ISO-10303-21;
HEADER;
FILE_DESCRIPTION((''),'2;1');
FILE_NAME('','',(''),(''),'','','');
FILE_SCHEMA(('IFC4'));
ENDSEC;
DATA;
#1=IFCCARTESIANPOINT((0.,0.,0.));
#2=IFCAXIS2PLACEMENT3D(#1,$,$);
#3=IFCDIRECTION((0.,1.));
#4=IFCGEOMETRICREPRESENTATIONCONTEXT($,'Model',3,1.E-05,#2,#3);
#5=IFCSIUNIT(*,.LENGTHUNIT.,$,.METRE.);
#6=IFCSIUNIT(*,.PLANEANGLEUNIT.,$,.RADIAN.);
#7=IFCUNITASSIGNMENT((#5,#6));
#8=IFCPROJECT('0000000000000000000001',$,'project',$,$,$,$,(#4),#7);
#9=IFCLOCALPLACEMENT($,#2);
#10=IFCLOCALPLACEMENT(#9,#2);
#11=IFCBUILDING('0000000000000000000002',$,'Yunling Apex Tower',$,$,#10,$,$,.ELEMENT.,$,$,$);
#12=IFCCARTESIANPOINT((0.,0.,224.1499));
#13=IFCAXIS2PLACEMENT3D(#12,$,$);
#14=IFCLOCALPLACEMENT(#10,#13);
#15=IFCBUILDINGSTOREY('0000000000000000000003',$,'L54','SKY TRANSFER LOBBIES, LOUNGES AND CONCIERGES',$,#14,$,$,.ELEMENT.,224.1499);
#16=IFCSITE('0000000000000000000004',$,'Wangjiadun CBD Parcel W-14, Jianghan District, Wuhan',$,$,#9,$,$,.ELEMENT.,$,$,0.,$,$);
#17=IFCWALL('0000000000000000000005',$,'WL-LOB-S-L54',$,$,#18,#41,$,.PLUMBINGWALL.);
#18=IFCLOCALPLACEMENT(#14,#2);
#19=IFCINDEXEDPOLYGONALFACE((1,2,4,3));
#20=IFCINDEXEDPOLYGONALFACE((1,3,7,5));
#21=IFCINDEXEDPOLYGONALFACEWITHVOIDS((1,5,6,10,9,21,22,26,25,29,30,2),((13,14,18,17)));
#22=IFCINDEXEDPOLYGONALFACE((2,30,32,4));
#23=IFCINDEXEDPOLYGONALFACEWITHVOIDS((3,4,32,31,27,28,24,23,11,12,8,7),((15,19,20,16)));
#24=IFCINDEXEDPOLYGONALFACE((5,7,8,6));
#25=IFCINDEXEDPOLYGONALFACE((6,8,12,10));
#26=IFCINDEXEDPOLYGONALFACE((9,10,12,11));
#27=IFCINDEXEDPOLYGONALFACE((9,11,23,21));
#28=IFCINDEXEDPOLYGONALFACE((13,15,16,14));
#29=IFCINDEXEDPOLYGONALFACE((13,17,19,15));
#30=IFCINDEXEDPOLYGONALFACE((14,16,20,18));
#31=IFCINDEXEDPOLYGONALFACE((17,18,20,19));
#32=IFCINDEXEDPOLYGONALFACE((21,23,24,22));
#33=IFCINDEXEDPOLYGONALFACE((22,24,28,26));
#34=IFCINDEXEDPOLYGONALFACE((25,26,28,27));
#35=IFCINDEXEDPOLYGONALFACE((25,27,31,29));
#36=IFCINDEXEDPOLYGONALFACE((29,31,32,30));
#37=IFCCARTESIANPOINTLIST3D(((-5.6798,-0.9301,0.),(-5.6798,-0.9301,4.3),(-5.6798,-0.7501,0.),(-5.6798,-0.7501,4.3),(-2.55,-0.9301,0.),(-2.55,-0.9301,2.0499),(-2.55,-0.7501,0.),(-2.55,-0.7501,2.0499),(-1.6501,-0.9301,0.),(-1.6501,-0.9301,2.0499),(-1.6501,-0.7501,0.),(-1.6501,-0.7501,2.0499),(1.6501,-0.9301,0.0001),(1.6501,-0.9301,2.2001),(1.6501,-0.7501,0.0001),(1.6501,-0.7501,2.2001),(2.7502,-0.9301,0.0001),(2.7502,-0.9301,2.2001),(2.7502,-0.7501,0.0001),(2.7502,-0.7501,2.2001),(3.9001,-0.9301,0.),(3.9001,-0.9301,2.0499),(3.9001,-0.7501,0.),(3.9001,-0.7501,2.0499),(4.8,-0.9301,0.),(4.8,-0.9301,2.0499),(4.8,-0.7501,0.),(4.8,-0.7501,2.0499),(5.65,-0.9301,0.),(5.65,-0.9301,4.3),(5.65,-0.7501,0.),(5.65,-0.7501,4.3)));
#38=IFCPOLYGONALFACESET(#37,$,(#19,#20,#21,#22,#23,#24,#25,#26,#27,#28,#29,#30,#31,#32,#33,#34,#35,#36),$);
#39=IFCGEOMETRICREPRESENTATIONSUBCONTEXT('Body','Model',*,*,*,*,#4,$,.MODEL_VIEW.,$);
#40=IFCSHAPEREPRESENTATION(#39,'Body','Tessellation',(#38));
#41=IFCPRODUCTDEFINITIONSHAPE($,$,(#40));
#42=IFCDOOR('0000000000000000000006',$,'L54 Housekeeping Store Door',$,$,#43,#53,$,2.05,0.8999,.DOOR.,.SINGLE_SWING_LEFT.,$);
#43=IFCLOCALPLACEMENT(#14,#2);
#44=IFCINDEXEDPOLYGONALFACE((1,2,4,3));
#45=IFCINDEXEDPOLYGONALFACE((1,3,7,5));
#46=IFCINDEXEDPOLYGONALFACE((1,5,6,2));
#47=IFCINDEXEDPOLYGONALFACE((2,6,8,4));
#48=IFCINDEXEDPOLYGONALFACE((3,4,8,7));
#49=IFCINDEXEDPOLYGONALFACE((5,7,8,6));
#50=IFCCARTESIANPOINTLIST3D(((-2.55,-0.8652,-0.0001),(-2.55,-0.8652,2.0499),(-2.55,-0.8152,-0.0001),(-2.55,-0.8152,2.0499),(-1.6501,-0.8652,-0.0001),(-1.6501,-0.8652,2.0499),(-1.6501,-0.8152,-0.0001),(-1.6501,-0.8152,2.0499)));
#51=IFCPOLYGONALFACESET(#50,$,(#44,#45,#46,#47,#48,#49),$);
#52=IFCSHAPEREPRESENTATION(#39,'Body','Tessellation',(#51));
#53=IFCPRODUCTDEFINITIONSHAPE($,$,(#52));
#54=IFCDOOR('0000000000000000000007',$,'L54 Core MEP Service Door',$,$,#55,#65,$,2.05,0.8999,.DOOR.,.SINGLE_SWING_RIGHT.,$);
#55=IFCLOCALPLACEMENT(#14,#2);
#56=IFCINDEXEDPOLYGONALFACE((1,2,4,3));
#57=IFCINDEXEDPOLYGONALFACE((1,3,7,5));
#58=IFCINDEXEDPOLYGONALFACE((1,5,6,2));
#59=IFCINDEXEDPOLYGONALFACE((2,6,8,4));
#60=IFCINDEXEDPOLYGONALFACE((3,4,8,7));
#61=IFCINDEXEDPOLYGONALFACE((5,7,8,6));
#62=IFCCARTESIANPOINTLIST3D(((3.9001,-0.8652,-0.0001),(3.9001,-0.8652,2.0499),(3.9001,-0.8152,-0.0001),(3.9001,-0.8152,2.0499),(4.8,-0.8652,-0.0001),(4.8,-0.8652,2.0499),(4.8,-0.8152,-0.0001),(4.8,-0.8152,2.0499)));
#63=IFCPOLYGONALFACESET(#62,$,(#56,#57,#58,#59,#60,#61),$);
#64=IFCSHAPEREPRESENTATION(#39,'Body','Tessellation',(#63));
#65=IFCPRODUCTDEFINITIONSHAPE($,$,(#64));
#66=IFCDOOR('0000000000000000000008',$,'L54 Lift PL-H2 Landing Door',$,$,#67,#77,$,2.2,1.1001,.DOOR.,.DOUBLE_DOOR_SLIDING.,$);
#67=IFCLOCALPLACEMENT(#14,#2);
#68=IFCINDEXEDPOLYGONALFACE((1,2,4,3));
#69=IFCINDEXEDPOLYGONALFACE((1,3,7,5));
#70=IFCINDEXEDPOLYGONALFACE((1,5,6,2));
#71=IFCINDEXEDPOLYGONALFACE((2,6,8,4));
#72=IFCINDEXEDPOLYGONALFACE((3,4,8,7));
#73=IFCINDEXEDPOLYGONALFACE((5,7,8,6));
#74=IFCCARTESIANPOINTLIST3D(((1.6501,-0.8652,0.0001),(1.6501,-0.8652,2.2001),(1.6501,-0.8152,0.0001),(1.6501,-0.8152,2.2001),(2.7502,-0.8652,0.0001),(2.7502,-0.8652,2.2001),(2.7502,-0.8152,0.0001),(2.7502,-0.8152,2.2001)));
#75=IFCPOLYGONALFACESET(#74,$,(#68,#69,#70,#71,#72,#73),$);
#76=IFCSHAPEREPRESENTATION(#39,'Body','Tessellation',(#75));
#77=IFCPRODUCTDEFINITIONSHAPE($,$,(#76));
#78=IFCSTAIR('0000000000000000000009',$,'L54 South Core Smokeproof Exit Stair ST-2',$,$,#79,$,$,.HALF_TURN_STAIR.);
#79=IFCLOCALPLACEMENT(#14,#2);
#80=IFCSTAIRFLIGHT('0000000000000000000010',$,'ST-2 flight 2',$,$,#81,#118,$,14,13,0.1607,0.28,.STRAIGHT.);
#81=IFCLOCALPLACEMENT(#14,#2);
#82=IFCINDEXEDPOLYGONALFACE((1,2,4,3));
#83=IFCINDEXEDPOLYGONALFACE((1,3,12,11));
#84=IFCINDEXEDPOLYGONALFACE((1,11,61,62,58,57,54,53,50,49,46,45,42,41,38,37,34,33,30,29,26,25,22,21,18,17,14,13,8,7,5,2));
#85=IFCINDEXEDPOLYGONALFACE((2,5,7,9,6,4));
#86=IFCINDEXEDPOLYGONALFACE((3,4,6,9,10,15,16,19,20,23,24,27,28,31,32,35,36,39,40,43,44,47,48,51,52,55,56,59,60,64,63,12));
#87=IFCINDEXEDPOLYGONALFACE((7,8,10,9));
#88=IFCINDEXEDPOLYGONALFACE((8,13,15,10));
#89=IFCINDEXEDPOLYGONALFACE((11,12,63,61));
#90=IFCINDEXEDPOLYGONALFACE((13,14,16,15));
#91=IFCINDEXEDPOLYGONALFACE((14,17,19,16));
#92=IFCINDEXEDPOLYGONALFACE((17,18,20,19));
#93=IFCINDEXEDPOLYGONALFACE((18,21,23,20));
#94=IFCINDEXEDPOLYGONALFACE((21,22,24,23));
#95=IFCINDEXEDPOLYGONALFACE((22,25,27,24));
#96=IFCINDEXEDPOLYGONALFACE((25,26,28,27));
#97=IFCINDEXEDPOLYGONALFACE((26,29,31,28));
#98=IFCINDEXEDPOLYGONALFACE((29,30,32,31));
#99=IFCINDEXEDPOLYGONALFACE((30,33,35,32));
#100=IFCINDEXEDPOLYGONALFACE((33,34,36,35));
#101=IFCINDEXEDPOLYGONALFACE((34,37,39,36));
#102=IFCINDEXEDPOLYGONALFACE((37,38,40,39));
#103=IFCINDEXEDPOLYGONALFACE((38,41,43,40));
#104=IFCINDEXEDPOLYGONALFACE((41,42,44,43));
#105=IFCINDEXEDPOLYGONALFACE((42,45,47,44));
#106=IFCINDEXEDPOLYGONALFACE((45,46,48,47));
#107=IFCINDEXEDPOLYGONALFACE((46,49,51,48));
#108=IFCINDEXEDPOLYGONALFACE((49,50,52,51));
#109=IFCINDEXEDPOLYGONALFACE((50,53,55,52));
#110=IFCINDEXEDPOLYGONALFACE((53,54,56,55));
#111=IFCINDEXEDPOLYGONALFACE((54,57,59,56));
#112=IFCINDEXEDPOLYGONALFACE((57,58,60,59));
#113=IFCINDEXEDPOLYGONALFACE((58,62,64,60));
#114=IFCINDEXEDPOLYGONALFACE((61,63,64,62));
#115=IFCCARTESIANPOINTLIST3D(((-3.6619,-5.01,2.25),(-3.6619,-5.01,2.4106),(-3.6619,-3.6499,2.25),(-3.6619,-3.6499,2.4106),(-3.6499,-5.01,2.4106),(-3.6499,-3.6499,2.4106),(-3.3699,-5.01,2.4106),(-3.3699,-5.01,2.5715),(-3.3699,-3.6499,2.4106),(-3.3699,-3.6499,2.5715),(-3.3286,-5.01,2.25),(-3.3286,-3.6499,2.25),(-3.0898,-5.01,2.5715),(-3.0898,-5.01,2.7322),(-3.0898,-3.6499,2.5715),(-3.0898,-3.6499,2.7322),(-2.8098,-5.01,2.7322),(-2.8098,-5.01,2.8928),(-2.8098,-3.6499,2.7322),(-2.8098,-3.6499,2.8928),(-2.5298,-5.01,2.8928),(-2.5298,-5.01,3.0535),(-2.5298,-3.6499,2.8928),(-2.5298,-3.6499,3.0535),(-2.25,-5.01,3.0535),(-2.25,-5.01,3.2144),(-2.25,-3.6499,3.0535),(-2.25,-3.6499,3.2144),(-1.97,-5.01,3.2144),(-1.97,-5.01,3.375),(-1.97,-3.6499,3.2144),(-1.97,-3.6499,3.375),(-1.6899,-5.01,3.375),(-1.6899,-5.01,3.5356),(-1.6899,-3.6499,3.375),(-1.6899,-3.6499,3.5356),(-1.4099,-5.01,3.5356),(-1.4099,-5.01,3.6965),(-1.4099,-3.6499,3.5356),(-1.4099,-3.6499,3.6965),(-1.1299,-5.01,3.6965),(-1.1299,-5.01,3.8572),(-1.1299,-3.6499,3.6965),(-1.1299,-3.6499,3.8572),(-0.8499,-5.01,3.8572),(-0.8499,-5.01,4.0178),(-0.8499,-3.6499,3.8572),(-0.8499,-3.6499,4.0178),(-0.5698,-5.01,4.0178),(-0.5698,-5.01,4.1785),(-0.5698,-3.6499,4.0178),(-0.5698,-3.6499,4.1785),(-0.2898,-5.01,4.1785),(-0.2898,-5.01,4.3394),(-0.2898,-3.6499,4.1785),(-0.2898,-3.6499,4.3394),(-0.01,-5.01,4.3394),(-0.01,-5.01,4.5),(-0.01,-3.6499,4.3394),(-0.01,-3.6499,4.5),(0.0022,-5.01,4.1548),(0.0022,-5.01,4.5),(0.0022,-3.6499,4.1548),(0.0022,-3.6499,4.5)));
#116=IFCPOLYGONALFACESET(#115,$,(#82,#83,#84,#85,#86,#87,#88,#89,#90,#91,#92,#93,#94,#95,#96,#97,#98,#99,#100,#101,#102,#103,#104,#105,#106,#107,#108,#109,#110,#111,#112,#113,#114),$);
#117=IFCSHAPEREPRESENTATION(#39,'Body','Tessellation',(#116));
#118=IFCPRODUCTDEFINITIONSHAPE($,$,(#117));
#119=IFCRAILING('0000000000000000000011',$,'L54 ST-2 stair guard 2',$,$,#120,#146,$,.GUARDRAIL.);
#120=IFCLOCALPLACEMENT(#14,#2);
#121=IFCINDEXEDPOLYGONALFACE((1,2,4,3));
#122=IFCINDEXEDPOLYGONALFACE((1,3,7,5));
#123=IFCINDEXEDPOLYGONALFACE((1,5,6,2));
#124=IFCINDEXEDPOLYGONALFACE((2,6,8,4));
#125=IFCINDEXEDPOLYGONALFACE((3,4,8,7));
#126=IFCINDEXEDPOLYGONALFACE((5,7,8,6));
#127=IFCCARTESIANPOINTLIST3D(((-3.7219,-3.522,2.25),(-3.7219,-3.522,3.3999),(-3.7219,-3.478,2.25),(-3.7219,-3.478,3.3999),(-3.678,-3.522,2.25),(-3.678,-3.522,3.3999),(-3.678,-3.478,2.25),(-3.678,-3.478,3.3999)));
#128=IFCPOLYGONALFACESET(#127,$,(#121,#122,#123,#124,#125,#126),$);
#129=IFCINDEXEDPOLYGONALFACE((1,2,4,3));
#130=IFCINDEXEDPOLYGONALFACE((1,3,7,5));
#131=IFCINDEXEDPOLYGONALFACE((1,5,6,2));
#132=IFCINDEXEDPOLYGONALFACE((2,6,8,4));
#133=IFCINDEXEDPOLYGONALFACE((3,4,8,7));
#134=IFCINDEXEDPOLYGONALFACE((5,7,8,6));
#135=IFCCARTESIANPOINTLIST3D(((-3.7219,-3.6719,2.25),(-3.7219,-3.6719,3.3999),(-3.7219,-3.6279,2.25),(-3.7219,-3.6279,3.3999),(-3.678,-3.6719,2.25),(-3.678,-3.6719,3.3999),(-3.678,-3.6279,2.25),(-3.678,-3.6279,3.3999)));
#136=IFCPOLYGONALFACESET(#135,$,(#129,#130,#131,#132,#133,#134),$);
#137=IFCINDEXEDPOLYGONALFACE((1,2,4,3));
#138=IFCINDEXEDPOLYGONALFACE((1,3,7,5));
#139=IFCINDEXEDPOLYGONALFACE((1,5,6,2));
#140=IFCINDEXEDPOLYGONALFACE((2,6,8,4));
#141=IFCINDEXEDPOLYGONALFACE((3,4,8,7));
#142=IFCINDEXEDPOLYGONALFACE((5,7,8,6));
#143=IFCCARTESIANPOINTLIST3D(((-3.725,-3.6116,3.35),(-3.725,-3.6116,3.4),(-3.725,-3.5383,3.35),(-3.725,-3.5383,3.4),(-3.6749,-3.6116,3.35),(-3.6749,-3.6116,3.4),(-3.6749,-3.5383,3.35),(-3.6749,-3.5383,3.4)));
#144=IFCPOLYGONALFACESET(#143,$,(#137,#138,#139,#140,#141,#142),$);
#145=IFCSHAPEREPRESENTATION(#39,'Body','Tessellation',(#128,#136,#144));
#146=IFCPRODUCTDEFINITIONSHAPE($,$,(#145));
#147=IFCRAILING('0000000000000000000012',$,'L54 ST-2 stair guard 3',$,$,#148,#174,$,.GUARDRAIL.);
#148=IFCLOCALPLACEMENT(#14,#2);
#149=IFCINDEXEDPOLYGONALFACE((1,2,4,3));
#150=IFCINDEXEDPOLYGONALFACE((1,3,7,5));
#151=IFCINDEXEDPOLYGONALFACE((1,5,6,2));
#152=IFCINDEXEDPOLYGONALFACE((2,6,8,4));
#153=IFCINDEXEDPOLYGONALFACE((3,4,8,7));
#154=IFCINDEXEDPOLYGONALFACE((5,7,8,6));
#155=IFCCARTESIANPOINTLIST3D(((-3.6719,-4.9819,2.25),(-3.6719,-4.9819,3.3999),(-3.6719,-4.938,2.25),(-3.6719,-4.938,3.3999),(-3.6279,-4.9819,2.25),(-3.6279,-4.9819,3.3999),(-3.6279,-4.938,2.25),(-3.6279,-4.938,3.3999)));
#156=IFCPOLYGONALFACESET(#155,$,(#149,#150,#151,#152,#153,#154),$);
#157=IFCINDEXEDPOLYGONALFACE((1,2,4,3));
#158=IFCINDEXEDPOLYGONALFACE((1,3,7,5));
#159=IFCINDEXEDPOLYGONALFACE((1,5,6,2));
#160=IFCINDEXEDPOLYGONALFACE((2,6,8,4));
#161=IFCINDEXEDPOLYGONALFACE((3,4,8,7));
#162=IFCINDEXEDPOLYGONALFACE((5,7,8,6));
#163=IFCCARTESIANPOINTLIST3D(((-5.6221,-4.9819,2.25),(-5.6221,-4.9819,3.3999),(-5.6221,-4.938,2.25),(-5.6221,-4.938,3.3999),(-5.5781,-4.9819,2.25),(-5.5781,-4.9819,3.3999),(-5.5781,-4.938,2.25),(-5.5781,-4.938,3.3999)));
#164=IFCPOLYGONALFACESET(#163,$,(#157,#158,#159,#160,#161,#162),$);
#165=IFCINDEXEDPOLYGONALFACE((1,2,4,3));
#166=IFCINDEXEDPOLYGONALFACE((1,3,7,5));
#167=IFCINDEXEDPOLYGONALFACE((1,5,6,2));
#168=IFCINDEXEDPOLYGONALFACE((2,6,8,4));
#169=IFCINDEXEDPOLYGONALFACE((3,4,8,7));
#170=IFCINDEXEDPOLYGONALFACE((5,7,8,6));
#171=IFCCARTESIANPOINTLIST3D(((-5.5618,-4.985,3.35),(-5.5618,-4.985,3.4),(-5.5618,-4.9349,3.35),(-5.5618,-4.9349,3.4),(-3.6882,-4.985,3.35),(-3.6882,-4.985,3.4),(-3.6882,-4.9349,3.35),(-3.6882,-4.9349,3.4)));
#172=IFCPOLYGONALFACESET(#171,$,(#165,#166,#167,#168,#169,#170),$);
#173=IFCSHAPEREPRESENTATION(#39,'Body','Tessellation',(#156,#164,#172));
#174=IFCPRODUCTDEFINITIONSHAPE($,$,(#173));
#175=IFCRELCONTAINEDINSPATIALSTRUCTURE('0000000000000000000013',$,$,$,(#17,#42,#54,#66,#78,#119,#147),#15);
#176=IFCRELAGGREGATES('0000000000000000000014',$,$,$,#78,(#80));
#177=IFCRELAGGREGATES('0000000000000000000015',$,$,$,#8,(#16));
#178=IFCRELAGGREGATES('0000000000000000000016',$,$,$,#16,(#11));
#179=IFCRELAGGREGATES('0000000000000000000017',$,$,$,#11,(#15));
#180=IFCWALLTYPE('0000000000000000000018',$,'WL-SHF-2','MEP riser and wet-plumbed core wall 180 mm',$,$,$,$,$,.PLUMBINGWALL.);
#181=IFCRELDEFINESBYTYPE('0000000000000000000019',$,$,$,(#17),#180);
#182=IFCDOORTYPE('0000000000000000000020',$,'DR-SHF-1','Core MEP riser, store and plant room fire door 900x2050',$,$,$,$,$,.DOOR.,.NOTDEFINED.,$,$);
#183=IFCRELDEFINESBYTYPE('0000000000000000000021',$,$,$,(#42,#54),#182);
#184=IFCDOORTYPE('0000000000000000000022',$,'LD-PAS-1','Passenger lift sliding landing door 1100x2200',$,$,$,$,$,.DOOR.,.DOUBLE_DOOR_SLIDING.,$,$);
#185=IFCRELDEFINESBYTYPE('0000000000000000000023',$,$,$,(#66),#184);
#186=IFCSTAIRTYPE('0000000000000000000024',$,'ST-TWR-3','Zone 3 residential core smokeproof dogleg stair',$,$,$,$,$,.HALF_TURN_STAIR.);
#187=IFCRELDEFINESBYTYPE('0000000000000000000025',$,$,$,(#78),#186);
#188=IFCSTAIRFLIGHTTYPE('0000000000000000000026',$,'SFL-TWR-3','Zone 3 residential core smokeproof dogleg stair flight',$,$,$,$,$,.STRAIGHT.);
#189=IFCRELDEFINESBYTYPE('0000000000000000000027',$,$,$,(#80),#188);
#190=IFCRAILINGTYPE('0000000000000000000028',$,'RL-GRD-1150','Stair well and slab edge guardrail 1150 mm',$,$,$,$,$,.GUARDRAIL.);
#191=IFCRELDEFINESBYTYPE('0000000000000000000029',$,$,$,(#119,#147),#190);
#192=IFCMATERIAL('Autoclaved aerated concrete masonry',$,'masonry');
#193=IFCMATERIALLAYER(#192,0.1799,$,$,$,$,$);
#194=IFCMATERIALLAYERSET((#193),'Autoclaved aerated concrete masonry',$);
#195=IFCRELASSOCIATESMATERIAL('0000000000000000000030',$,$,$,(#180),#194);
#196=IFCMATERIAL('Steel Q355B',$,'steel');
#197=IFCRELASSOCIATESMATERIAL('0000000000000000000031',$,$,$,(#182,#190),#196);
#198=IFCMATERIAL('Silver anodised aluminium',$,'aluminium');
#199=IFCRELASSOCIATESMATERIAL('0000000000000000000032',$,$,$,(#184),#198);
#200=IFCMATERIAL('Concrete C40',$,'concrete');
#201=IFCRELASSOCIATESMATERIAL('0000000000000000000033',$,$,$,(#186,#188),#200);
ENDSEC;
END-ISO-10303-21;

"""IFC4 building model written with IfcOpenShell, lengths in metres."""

from ifc_helpers import new_model, si_unit, direction, frame, frame_2d, origin, origin_2d, place, context, subcontext, project, spatial, polyline, rectangle, outline, extrude, material, layer, layer_set, type_object, element, fill, aggregate, save


model = new_model("IFC4")

# Units and contexts
model_context = context("Model", 3, precision=1e-05, world=origin(), true_north=direction((0.0, 1.0)))
body_context = subcontext(model_context, "Body", "Model", "MODEL_VIEW")
ifc_project = project(units=[si_unit("LENGTHUNIT", "METRE"), si_unit("PLANEANGLEUNIT", "RADIAN")], contexts=[model_context])

# Site, building, storey
site_placement = place(None, origin())
site = spatial("IfcSite", under=ifc_project, at=site_placement, Name="Wangjiadun CBD Parcel W-14, Jianghan District, Wuhan", CompositionType="ELEMENT", RefElevation=0.0)
building_placement = place(site_placement, origin())
building = spatial("IfcBuilding", under=site, at=building_placement, Name="Yunling Apex Tower", CompositionType="ELEMENT")
storey_placement = place(building_placement, frame((0.0, 0.0, 224.1499)))
storey = spatial("IfcBuildingStorey", under=building, at=storey_placement, Name="L54", Description="SKY TRANSFER LOBBIES, LOUNGES AND CONCIERGES", CompositionType="ELEMENT", Elevation=224.1499)

# Shared definitions
ifc_material_1 = material(Name="Steel Q355B", Category="steel")
ifc_material_2 = material(Name="Concrete C40", Category="concrete")

# Shared definitions
ifc_material_3 = material(Name="Autoclaved aerated concrete masonry", Category="masonry")

# Wall, openings, doors
ifc_layer_1 = layer(ifc_material_3, 0.1799)
ifc_layer_set_1 = layer_set([ifc_layer_1], Name="Autoclaved aerated concrete masonry")
wall_type_1 = type_object("IfcWallType", Name="WL-SHF-2", Description="MEP riser and wet-plumbed core wall 180 mm", PredefinedType="PLUMBINGWALL", material=ifc_layer_set_1)
wall_1_placement = place(storey_placement, frame((-5.6799, -0.8401, 0.0), z_axis=(0.0, 0.0, 1.0), x_axis=(1.0, 0.0, 0.0)))
wall_1 = element("IfcWall", 1, at=wall_1_placement, inside=storey, type_object=wall_type_1, Name="WL-LOB-S-L54", PredefinedType="PLUMBINGWALL", context=body_context, shape_type="SweptSolid", body=[
    extrude(rectangle(XDim=11.3298, YDim=0.1799, at=frame_2d((5.665, 0.0))), origin(), (0.0, 0.0, 1.0), 4.3),
])
opening_1_placement = place(wall_1_placement, frame((3.1299, 0.0, 0.0)))
opening_1 = element("IfcOpeningElement", 2, at=opening_1_placement, cuts=wall_1, PredefinedType="OPENING", context=body_context, shape_type="SweptSolid", body=[
    extrude(rectangle(XDim=0.8999, YDim=2.05, at=frame_2d((0.45, 1.0249))), frame((0.0, 0.1001, 0.0), z_axis=(0.0, -1.0, 0.0), x_axis=(1.0, 0.0, 0.0)), (0.0, 0.0, 1.0), 0.2),
])
opening_2_placement = place(wall_1_placement, frame((7.3301, 0.0, 0.0)))
opening_2 = element("IfcOpeningElement", 3, at=opening_2_placement, cuts=wall_1, PredefinedType="OPENING", context=body_context, shape_type="SweptSolid", body=[
    extrude(rectangle(XDim=1.1001, YDim=2.2, at=frame_2d((0.55, 1.1001))), frame((0.0, 0.1001, 0.0), z_axis=(0.0, -1.0, 0.0), x_axis=(1.0, 0.0, 0.0)), (0.0, 0.0, 1.0), 0.2),
])
opening_3_placement = place(wall_1_placement, frame((9.5801, 0.0, 0.0)))
opening_3 = element("IfcOpeningElement", 4, at=opening_3_placement, cuts=wall_1, PredefinedType="OPENING", context=body_context, shape_type="SweptSolid", body=[
    extrude(rectangle(XDim=0.8999, YDim=2.05, at=frame_2d((0.45, 1.0249))), frame((0.0, 0.1001, 0.0), z_axis=(0.0, -1.0, 0.0), x_axis=(1.0, 0.0, 0.0)), (0.0, 0.0, 1.0), 0.2),
])
door_type_1 = type_object("IfcDoorType", Name="DR-SHF-1", Description="Core MEP riser, store and plant room fire door 900x2050", OperationType="NOTDEFINED", PredefinedType="DOOR", material=ifc_material_1)
door_1_placement = place(opening_1_placement, origin())
door_1 = element("IfcDoor", 5, at=door_1_placement, inside=storey, type_object=door_type_1, Name="L54 Housekeeping Store Door", OperationType="SINGLE_SWING_LEFT", OverallHeight=2.05, OverallWidth=0.8999, PredefinedType="DOOR", context=body_context, shape_type="SweptSolid", body=[
    extrude(rectangle(XDim=0.8999, YDim=2.05, at=frame_2d((0.45, 1.0249))), frame((0.0, 0.0249, 0.0), z_axis=(0.0, -1.0, 0.0), x_axis=(1.0, 0.0, 0.0)), (0.0, 0.0, 1.0), 0.05),
])
fill(opening_1, door_1)
door_2_placement = place(opening_3_placement, origin())
door_2 = element("IfcDoor", 6, at=door_2_placement, inside=storey, type_object=door_type_1, Name="L54 Core MEP Service Door", OperationType="SINGLE_SWING_RIGHT", OverallHeight=2.05, OverallWidth=0.8999, PredefinedType="DOOR", context=body_context, shape_type="SweptSolid", body=[
    extrude(rectangle(XDim=0.8999, YDim=2.05, at=frame_2d((0.45, 1.0249))), frame((0.0, 0.0249, 0.0), z_axis=(0.0, -1.0, 0.0), x_axis=(1.0, 0.0, 0.0)), (0.0, 0.0, 1.0), 0.05),
])
fill(opening_3, door_2)
ifc_material_4 = material(Name="Silver anodised aluminium", Category="aluminium")
door_type_2 = type_object("IfcDoorType", Name="LD-PAS-1", Description="Passenger lift sliding landing door 1100x2200", OperationType="DOUBLE_DOOR_SLIDING", PredefinedType="DOOR", material=ifc_material_4)
door_3_placement = place(opening_2_placement, origin())
door_3 = element("IfcDoor", 7, at=door_3_placement, inside=storey, type_object=door_type_2, Name="L54 Lift PL-H2 Landing Door", OperationType="DOUBLE_DOOR_SLIDING", OverallHeight=2.2, OverallWidth=1.1001, PredefinedType="DOOR", context=body_context, shape_type="SweptSolid", body=[
    extrude(rectangle(XDim=1.1001, YDim=2.2, at=frame_2d((0.55, 1.1001))), frame((0.0, 0.0249, 0.0), z_axis=(0.0, -1.0, 0.0), x_axis=(1.0, 0.0, 0.0)), (0.0, 0.0, 1.0), 0.05),
])
fill(opening_2, door_3)

# Stair, stair flight
stair_type = type_object("IfcStairType", Name="ST-TWR-3", Description="Zone 3 residential core smokeproof dogleg stair", PredefinedType="HALF_TURN_STAIR", material=ifc_material_2)
stair_placement = place(storey_placement, origin())
stair = element("IfcStair", 8, at=stair_placement, inside=storey, type_object=stair_type, Name="L54 South Core Smokeproof Exit Stair ST-2", PredefinedType="HALF_TURN_STAIR")
stair_flight_type = type_object("IfcStairFlightType", Name="SFL-TWR-3", Description="Zone 3 residential core smokeproof dogleg stair flight", PredefinedType="STRAIGHT", material=ifc_material_2)
stair_flight_placement = place(storey_placement, frame((-3.6499, -4.3301, 2.25), z_axis=(0.0, 0.0, 1.0), x_axis=(1.0, 0.0, 0.0)))
stair_flight = element("IfcStairFlight", 9, at=stair_flight_placement, type_object=stair_flight_type, Name="ST-2 flight 2", NumberOfRisers=14, NumberOfTreads=13, PredefinedType="STRAIGHT", RiserHeight=0.1607, TreadLength=0.28, context=body_context, shape_type="SweptSolid", body=[
    extrude(outline(polyline([(-0.012, 0.0), (-0.012, 0.1606), (0.0, 0.1606), (0.28, 0.1606), (0.28, 0.3215), (0.5601, 0.3215), (0.5601, 0.4822), (0.8401, 0.4822), (0.8401, 0.6428), (1.1201, 0.6428), (1.1201, 0.8035), (1.3999, 0.8035), (1.3999, 0.9644), (1.6799, 0.9644), (1.6799, 1.125), (1.96, 1.125), (1.96, 1.2856), (2.24, 1.2856), (2.24, 1.4465), (2.52, 1.4465), (2.52, 1.6072), (2.8, 1.6072), (2.8, 1.7678), (3.0801, 1.7678), (3.0801, 1.9285), (3.3601, 1.9285), (3.3601, 2.0894), (3.6399, 2.0894), (3.6399, 2.25), (3.6521, 2.25), (3.6521, 1.9048), (0.3213, 0.0), (-0.012, 0.0)])), frame((0.0, 0.6802, 0.0), z_axis=(0.0, -1.0, 0.0), x_axis=(1.0, 0.0, 0.0)), (0.0, 0.0, 1.0), 1.3601),
])
aggregate(stair, [stair_flight])

# Railings
railing_type_1 = type_object("IfcRailingType", Name="RL-GRD-1150", Description="Stair well and slab edge guardrail 1150 mm", PredefinedType="GUARDRAIL", material=ifc_material_1)
railing_1_placement = place(storey_placement, frame((-3.7, -3.5, 2.25)))
element("IfcRailing", 10, at=railing_1_placement, inside=storey, type_object=railing_type_1, Name="L54 ST-2 stair guard 2", PredefinedType="GUARDRAIL", context=body_context, shape_type="SweptSolid", body=[
    extrude(rectangle(XDim=0.0439, YDim=0.0439, at=origin_2d()), origin(), (0.0, 0.0, 1.0), 1.1499),
    extrude(rectangle(XDim=0.0439, YDim=0.0439, at=origin_2d()), frame((0.0, -0.1499, 0.0)), (0.0, 0.0, 1.0), 1.1499),
    extrude(rectangle(XDim=0.05, YDim=0.05, at=origin_2d()), frame((0.0, -0.0383, 1.125), z_axis=(0.0, -1.0, 0.0), x_axis=(1.0, 0.0, 0.0)), (0.0, 0.0, 1.0), 0.0732),
])
railing_2_placement = place(storey_placement, frame((-3.6499, -4.96, 2.25)))
element("IfcRailing", 11, at=railing_2_placement, inside=storey, type_object=railing_type_1, Name="L54 ST-2 stair guard 3", PredefinedType="GUARDRAIL", context=body_context, shape_type="SweptSolid", body=[
    extrude(rectangle(XDim=0.0439, YDim=0.0439, at=origin_2d()), origin(), (0.0, 0.0, 1.0), 1.1499),
    extrude(rectangle(XDim=0.0439, YDim=0.0439, at=origin_2d()), frame((-1.9502, 0.0, 0.0)), (0.0, 0.0, 1.0), 1.1499),
    extrude(rectangle(XDim=0.05, YDim=0.05, at=origin_2d()), frame((-0.0383, 0.0, 1.125), z_axis=(-1.0, 0.0, 0.0), x_axis=(0.0, -1.0, 0.0)), (0.0, 0.0, 1.0), 1.8735),
])

save(model, "model.ifc")
